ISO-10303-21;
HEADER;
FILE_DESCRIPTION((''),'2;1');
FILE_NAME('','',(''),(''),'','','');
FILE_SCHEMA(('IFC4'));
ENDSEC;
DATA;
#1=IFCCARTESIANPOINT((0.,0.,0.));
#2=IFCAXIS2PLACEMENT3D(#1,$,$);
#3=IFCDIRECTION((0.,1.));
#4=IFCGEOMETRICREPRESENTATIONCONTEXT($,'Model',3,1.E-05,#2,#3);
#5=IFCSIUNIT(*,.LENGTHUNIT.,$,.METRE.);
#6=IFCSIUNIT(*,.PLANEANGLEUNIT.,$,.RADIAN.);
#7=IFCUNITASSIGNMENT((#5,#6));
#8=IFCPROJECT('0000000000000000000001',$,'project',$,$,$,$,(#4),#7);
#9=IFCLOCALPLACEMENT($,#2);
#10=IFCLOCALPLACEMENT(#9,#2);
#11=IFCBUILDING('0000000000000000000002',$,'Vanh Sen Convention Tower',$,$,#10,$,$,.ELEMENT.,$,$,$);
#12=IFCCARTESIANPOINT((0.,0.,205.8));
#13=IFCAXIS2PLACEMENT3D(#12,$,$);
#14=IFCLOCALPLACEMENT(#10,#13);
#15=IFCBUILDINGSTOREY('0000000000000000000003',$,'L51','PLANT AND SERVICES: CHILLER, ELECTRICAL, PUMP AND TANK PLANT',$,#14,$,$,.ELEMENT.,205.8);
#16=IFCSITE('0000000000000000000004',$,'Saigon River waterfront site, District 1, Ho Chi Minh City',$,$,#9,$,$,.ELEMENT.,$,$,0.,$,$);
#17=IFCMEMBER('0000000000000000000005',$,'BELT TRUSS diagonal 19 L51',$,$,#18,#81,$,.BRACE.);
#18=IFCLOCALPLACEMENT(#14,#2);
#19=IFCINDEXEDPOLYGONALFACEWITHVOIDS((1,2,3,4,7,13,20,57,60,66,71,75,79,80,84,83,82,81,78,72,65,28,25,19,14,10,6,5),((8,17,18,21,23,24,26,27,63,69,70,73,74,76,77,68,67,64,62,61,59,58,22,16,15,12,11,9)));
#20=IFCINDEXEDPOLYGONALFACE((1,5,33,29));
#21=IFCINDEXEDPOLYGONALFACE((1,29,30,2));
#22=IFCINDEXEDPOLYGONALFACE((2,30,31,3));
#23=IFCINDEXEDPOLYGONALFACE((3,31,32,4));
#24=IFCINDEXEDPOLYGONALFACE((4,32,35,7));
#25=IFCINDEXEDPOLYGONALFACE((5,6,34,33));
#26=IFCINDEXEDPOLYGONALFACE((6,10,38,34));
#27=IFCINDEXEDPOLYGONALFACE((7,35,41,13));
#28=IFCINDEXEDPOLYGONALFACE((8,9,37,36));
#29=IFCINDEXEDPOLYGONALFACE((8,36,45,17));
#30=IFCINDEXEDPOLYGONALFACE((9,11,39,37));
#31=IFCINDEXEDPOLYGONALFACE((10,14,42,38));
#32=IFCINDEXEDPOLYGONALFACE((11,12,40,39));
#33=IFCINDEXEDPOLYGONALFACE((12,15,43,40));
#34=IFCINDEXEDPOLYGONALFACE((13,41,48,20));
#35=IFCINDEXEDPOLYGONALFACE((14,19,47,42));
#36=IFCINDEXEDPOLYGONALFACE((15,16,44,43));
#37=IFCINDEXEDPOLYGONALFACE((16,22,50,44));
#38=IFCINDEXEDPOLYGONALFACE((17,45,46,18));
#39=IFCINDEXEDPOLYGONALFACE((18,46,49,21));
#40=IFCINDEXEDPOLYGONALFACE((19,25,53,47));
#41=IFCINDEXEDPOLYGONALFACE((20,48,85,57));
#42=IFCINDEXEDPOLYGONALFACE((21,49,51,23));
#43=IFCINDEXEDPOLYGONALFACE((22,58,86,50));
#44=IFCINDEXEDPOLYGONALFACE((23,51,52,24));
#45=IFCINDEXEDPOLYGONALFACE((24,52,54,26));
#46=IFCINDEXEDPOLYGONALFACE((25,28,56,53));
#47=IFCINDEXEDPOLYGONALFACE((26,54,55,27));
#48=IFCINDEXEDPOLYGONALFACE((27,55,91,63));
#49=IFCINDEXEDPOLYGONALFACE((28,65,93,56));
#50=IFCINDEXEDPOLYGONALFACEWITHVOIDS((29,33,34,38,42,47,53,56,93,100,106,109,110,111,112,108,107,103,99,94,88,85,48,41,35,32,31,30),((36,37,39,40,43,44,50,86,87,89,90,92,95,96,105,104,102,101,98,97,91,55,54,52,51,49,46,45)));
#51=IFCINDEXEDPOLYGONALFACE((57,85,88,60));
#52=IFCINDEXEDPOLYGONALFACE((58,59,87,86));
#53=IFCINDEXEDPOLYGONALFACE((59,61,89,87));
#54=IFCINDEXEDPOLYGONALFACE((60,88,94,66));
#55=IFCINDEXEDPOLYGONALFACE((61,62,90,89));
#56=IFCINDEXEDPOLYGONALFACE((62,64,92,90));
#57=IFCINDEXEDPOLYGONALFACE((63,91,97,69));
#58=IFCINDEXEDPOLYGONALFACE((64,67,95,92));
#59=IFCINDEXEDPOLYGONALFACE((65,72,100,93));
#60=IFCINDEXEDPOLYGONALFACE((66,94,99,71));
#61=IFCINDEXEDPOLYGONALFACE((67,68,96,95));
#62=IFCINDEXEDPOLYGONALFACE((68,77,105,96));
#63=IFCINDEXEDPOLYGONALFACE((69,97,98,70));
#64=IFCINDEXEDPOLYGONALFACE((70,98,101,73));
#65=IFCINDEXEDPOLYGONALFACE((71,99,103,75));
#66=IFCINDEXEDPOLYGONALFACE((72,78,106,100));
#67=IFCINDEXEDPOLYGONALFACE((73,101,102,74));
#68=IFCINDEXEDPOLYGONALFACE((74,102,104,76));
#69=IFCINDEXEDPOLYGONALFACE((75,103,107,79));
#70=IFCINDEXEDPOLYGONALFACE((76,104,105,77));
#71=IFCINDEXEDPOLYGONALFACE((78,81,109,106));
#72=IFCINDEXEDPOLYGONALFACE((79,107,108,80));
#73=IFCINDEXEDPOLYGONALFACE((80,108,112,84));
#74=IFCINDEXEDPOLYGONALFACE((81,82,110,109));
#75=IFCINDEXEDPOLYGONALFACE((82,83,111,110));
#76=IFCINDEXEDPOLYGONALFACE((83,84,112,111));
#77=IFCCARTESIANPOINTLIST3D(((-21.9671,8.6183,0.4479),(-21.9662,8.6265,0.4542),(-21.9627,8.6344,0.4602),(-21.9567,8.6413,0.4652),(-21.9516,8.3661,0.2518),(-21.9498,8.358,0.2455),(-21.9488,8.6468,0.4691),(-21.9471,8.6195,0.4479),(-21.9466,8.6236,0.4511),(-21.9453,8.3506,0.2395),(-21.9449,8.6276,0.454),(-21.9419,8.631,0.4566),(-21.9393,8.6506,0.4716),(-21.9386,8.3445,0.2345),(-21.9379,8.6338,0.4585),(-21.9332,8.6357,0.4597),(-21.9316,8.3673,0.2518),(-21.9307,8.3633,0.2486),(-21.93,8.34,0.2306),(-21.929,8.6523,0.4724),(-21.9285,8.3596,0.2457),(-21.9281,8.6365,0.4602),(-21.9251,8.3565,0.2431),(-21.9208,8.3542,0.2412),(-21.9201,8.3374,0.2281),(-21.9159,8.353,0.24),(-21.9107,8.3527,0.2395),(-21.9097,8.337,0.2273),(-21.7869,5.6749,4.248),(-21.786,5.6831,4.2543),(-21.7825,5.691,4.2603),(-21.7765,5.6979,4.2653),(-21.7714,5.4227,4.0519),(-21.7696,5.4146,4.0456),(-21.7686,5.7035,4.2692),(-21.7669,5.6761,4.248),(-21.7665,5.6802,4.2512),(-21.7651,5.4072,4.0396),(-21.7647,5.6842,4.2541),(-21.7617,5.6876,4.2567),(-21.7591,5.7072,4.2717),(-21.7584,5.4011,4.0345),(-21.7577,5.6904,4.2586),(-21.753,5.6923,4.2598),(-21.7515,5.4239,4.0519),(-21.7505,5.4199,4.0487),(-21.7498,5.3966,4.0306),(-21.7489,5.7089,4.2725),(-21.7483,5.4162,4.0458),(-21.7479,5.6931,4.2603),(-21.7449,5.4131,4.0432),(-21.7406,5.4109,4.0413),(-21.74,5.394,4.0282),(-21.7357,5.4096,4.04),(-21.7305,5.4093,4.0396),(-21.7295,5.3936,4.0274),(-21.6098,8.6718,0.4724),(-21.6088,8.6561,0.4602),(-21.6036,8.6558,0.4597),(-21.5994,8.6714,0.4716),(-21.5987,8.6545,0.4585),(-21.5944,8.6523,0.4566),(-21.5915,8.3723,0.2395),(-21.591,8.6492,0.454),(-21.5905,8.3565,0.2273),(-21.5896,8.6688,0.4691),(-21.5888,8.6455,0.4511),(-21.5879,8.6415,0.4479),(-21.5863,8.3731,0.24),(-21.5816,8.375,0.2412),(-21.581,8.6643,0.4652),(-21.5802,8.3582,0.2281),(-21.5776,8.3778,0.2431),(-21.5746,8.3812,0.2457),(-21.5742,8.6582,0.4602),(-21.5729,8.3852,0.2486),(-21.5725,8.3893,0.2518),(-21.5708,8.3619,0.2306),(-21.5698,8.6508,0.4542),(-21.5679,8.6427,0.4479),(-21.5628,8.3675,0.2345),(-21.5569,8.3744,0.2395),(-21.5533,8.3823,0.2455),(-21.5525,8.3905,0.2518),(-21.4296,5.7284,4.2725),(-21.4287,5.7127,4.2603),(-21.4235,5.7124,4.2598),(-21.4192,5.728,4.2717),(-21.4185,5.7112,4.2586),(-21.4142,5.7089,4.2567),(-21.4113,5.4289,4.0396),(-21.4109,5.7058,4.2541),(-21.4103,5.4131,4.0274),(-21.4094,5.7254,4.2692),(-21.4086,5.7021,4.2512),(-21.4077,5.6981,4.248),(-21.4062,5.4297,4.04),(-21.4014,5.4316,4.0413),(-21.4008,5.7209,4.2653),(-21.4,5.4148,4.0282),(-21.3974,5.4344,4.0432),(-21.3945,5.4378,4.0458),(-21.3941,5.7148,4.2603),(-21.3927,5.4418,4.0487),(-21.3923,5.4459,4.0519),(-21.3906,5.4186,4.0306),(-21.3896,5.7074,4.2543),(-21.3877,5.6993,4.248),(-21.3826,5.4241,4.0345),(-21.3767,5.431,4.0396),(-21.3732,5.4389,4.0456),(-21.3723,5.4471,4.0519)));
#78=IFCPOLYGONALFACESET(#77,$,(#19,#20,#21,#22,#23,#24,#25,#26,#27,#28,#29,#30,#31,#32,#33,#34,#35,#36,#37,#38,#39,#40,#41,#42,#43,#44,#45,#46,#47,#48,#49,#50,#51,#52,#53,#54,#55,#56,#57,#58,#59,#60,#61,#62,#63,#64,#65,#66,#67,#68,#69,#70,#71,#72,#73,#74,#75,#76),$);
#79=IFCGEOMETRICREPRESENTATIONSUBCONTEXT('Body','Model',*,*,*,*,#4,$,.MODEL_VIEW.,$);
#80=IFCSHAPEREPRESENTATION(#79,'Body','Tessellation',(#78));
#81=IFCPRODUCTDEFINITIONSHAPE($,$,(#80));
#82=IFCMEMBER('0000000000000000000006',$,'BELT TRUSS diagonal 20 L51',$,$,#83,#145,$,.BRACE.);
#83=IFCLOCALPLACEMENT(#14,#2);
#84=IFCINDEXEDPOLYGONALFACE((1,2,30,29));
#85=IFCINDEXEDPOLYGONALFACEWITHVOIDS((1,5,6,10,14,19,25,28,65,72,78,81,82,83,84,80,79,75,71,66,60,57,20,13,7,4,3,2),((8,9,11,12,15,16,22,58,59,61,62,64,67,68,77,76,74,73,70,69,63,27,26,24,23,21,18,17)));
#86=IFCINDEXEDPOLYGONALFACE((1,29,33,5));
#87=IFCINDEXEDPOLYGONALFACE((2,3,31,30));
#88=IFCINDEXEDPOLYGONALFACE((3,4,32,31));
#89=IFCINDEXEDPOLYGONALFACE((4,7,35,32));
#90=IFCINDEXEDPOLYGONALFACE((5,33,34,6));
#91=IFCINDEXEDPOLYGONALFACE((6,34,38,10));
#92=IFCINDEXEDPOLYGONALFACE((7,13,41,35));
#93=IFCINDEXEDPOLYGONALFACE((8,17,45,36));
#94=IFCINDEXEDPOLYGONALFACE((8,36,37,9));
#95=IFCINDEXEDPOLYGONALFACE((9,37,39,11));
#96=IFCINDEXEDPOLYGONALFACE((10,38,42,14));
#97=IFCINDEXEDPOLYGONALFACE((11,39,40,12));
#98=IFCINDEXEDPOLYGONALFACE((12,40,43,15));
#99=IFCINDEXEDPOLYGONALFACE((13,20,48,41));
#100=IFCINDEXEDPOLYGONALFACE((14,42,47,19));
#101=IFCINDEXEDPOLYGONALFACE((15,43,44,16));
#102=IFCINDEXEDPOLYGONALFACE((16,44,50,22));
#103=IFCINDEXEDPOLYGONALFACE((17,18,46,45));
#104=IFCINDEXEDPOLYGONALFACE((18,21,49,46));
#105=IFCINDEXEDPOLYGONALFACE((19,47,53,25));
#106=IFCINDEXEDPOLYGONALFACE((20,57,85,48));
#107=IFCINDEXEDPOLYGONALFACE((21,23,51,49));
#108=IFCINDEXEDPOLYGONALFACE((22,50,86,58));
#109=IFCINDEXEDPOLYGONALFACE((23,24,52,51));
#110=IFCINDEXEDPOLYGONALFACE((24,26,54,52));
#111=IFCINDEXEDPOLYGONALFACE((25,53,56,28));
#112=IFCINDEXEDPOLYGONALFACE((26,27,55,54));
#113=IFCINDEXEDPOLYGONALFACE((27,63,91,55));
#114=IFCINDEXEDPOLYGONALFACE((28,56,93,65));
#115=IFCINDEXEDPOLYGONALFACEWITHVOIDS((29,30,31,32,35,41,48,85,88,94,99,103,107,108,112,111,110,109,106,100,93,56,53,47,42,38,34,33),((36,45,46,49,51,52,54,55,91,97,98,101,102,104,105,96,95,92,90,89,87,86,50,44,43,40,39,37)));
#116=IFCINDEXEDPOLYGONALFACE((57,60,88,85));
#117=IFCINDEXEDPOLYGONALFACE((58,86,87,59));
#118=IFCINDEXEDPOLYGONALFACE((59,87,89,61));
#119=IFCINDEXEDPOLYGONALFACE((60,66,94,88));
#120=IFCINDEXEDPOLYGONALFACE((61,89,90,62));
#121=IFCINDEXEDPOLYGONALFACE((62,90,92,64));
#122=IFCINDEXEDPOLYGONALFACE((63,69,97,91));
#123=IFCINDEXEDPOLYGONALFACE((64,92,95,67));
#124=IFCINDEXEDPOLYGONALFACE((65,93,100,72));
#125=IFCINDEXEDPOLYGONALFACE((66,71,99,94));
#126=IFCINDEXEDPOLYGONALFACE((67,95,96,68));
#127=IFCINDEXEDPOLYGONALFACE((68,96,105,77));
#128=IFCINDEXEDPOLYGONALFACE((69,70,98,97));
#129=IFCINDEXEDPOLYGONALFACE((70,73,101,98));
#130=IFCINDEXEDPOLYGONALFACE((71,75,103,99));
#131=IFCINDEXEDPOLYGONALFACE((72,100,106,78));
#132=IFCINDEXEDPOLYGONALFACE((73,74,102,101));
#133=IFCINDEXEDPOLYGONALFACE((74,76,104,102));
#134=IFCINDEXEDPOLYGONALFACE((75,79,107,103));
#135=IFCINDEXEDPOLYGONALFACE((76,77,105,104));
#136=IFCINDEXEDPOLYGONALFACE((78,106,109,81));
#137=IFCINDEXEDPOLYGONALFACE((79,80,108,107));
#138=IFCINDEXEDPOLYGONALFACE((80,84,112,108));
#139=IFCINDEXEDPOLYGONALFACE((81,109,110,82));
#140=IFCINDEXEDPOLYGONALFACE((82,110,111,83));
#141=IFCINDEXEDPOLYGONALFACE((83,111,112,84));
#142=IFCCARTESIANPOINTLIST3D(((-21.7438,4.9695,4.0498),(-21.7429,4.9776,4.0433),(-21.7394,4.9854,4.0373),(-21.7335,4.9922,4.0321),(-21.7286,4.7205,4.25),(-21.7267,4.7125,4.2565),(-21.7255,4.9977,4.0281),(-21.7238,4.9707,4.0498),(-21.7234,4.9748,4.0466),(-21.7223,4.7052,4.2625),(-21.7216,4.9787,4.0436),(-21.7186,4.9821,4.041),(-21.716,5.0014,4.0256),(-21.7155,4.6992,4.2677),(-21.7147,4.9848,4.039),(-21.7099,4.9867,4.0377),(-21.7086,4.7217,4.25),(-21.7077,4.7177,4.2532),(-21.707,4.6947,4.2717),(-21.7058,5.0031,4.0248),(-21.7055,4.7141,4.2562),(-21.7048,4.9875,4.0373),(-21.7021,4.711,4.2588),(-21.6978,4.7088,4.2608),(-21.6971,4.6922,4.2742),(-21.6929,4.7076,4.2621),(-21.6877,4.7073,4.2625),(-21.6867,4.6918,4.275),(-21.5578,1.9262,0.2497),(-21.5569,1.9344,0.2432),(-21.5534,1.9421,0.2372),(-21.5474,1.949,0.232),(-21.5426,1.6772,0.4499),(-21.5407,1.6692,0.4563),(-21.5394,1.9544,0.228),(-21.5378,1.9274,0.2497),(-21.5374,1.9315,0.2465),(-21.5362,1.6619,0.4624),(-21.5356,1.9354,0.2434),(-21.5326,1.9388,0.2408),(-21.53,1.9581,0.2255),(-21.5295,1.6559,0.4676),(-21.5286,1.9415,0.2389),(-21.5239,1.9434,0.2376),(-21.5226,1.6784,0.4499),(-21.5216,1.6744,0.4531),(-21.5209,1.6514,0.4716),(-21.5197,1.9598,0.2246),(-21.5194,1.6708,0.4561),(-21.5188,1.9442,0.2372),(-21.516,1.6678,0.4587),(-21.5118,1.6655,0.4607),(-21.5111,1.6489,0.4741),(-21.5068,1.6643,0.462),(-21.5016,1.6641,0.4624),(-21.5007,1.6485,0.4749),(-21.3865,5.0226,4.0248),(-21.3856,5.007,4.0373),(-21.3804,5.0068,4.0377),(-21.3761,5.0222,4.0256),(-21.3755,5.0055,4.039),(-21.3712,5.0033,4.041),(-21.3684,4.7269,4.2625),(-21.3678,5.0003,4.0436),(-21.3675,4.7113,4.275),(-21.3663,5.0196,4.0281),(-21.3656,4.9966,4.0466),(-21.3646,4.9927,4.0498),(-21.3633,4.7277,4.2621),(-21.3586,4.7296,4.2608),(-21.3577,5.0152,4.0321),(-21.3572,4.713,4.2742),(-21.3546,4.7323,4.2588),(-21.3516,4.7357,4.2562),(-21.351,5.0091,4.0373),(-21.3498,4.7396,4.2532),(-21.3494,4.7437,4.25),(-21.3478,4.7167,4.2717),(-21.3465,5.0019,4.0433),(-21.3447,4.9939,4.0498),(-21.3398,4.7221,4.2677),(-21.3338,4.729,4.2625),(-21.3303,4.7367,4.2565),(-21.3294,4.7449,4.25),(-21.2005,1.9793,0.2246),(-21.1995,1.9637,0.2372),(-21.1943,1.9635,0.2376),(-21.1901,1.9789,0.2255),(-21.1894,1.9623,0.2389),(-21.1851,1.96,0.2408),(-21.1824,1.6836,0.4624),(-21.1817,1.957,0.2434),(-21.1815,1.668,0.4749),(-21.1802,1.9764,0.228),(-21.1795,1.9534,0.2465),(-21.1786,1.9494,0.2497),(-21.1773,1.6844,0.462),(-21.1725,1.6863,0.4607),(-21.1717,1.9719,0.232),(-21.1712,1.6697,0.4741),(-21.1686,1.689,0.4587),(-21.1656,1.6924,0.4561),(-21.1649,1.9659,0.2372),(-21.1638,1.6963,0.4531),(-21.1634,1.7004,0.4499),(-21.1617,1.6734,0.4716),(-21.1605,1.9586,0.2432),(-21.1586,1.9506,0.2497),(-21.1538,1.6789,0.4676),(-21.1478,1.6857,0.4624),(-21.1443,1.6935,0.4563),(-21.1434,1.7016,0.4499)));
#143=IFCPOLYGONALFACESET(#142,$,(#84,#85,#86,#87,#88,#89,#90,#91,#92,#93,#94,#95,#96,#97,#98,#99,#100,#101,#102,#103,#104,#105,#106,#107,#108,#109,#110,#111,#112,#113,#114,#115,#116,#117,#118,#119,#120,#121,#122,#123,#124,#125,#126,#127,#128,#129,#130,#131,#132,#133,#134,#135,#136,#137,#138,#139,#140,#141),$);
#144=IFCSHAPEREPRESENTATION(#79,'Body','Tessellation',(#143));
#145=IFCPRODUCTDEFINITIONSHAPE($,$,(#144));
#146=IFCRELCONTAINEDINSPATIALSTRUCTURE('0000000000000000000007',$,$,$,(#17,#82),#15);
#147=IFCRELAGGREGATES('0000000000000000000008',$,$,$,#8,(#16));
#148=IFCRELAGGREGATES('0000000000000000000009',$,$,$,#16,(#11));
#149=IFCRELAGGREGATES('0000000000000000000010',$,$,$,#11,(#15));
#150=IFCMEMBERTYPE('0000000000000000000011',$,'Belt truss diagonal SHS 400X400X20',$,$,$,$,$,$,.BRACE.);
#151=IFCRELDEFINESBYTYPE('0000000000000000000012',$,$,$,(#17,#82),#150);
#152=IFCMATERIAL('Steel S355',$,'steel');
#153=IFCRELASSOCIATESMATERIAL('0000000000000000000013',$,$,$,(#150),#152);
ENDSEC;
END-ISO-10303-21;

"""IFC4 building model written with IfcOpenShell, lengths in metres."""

from ifc_helpers import new_model, si_unit, direction, frame, origin, origin_2d, place, context, subcontext, project, spatial, hollow_rectangle, extrude, material, material_profile, profile_set, type_object, element, save


model = new_model("IFC4")

# Units and contexts
model_context = context("Model", 3, precision=1e-05, world=origin(), true_north=direction((0.0, 1.0)))
body_context = subcontext(model_context, "Body", "Model", "MODEL_VIEW")
ifc_project = project(units=[si_unit("LENGTHUNIT", "METRE"), si_unit("PLANEANGLEUNIT", "RADIAN")], contexts=[model_context])

# Site, building, storey
site_placement = place(None, origin())
site = spatial("IfcSite", under=ifc_project, at=site_placement, Name="Saigon River waterfront site, District 1, Ho Chi Minh City", CompositionType="ELEMENT", RefElevation=0.0)
building_placement = place(site_placement, origin())
building = spatial("IfcBuilding", under=site, at=building_placement, Name="Vanh Sen Convention Tower", CompositionType="ELEMENT")
storey_placement = place(building_placement, frame((0.0, 0.0, 205.8)))
storey = spatial("IfcBuildingStorey", under=building, at=storey_placement, Name="L51", Description="PLANT AND SERVICES: CHILLER, ELECTRICAL, PUMP AND TANK PLANT", CompositionType="ELEMENT", Elevation=205.8)

# Members
ifc_material_1 = material(Name="Steel S355", Category="steel")
ifc_material_profile_1 = material_profile(ifc_material_1, hollow_rectangle(XDim=0.3999, YDim=0.3999, WallThickness=0.02, InnerFilletRadius=0.02, OuterFilletRadius=0.04, at=origin_2d()), Name="SHS 400X400X20")
ifc_profile_set_1 = profile_set([ifc_material_profile_1], Name="Steel S355")
member_type_1 = type_object("IfcMemberType", Name="Belt truss diagonal SHS 400X400X20", PredefinedType="BRACE", material=ifc_profile_set_1)
member_1_placement = place(storey_placement, frame((-21.7598, 8.5044, 0.3499), z_axis=(0.037459, -0.611924, 0.790029), x_axis=(0.998132, 0.0611, 0.0)))
element("IfcMember", 1, at=member_1_placement, inside=storey, type_object=member_type_1, Name="BELT TRUSS diagonal 19 L51", PredefinedType="BRACE", context=body_context, shape_type="SweptSolid", body=[
    extrude(hollow_rectangle(XDim=0.3999, YDim=0.3999, WallThickness=0.02, InnerFilletRadius=0.02, OuterFilletRadius=0.04, at=origin_2d()), origin(), (0.0, 0.0, 1.0), 4.8101),
])
member_2_placement = place(storey_placement, frame((-21.5366, 4.8572, 4.1499), z_axis=(0.038185, -0.624637, -0.779981), x_axis=(0.998137, 0.061017, 0.0)))
element("IfcMember", 2, at=member_2_placement, inside=storey, type_object=member_type_1, Name="BELT TRUSS diagonal 20 L51", PredefinedType="BRACE", context=body_context, shape_type="SweptSolid", body=[
    extrude(hollow_rectangle(XDim=0.3999, YDim=0.3999, WallThickness=0.02, InnerFilletRadius=0.02, OuterFilletRadius=0.04, at=origin_2d()), origin(), (0.0, 0.0, 1.0), 4.8721),
])

save(model, "model.ifc")
